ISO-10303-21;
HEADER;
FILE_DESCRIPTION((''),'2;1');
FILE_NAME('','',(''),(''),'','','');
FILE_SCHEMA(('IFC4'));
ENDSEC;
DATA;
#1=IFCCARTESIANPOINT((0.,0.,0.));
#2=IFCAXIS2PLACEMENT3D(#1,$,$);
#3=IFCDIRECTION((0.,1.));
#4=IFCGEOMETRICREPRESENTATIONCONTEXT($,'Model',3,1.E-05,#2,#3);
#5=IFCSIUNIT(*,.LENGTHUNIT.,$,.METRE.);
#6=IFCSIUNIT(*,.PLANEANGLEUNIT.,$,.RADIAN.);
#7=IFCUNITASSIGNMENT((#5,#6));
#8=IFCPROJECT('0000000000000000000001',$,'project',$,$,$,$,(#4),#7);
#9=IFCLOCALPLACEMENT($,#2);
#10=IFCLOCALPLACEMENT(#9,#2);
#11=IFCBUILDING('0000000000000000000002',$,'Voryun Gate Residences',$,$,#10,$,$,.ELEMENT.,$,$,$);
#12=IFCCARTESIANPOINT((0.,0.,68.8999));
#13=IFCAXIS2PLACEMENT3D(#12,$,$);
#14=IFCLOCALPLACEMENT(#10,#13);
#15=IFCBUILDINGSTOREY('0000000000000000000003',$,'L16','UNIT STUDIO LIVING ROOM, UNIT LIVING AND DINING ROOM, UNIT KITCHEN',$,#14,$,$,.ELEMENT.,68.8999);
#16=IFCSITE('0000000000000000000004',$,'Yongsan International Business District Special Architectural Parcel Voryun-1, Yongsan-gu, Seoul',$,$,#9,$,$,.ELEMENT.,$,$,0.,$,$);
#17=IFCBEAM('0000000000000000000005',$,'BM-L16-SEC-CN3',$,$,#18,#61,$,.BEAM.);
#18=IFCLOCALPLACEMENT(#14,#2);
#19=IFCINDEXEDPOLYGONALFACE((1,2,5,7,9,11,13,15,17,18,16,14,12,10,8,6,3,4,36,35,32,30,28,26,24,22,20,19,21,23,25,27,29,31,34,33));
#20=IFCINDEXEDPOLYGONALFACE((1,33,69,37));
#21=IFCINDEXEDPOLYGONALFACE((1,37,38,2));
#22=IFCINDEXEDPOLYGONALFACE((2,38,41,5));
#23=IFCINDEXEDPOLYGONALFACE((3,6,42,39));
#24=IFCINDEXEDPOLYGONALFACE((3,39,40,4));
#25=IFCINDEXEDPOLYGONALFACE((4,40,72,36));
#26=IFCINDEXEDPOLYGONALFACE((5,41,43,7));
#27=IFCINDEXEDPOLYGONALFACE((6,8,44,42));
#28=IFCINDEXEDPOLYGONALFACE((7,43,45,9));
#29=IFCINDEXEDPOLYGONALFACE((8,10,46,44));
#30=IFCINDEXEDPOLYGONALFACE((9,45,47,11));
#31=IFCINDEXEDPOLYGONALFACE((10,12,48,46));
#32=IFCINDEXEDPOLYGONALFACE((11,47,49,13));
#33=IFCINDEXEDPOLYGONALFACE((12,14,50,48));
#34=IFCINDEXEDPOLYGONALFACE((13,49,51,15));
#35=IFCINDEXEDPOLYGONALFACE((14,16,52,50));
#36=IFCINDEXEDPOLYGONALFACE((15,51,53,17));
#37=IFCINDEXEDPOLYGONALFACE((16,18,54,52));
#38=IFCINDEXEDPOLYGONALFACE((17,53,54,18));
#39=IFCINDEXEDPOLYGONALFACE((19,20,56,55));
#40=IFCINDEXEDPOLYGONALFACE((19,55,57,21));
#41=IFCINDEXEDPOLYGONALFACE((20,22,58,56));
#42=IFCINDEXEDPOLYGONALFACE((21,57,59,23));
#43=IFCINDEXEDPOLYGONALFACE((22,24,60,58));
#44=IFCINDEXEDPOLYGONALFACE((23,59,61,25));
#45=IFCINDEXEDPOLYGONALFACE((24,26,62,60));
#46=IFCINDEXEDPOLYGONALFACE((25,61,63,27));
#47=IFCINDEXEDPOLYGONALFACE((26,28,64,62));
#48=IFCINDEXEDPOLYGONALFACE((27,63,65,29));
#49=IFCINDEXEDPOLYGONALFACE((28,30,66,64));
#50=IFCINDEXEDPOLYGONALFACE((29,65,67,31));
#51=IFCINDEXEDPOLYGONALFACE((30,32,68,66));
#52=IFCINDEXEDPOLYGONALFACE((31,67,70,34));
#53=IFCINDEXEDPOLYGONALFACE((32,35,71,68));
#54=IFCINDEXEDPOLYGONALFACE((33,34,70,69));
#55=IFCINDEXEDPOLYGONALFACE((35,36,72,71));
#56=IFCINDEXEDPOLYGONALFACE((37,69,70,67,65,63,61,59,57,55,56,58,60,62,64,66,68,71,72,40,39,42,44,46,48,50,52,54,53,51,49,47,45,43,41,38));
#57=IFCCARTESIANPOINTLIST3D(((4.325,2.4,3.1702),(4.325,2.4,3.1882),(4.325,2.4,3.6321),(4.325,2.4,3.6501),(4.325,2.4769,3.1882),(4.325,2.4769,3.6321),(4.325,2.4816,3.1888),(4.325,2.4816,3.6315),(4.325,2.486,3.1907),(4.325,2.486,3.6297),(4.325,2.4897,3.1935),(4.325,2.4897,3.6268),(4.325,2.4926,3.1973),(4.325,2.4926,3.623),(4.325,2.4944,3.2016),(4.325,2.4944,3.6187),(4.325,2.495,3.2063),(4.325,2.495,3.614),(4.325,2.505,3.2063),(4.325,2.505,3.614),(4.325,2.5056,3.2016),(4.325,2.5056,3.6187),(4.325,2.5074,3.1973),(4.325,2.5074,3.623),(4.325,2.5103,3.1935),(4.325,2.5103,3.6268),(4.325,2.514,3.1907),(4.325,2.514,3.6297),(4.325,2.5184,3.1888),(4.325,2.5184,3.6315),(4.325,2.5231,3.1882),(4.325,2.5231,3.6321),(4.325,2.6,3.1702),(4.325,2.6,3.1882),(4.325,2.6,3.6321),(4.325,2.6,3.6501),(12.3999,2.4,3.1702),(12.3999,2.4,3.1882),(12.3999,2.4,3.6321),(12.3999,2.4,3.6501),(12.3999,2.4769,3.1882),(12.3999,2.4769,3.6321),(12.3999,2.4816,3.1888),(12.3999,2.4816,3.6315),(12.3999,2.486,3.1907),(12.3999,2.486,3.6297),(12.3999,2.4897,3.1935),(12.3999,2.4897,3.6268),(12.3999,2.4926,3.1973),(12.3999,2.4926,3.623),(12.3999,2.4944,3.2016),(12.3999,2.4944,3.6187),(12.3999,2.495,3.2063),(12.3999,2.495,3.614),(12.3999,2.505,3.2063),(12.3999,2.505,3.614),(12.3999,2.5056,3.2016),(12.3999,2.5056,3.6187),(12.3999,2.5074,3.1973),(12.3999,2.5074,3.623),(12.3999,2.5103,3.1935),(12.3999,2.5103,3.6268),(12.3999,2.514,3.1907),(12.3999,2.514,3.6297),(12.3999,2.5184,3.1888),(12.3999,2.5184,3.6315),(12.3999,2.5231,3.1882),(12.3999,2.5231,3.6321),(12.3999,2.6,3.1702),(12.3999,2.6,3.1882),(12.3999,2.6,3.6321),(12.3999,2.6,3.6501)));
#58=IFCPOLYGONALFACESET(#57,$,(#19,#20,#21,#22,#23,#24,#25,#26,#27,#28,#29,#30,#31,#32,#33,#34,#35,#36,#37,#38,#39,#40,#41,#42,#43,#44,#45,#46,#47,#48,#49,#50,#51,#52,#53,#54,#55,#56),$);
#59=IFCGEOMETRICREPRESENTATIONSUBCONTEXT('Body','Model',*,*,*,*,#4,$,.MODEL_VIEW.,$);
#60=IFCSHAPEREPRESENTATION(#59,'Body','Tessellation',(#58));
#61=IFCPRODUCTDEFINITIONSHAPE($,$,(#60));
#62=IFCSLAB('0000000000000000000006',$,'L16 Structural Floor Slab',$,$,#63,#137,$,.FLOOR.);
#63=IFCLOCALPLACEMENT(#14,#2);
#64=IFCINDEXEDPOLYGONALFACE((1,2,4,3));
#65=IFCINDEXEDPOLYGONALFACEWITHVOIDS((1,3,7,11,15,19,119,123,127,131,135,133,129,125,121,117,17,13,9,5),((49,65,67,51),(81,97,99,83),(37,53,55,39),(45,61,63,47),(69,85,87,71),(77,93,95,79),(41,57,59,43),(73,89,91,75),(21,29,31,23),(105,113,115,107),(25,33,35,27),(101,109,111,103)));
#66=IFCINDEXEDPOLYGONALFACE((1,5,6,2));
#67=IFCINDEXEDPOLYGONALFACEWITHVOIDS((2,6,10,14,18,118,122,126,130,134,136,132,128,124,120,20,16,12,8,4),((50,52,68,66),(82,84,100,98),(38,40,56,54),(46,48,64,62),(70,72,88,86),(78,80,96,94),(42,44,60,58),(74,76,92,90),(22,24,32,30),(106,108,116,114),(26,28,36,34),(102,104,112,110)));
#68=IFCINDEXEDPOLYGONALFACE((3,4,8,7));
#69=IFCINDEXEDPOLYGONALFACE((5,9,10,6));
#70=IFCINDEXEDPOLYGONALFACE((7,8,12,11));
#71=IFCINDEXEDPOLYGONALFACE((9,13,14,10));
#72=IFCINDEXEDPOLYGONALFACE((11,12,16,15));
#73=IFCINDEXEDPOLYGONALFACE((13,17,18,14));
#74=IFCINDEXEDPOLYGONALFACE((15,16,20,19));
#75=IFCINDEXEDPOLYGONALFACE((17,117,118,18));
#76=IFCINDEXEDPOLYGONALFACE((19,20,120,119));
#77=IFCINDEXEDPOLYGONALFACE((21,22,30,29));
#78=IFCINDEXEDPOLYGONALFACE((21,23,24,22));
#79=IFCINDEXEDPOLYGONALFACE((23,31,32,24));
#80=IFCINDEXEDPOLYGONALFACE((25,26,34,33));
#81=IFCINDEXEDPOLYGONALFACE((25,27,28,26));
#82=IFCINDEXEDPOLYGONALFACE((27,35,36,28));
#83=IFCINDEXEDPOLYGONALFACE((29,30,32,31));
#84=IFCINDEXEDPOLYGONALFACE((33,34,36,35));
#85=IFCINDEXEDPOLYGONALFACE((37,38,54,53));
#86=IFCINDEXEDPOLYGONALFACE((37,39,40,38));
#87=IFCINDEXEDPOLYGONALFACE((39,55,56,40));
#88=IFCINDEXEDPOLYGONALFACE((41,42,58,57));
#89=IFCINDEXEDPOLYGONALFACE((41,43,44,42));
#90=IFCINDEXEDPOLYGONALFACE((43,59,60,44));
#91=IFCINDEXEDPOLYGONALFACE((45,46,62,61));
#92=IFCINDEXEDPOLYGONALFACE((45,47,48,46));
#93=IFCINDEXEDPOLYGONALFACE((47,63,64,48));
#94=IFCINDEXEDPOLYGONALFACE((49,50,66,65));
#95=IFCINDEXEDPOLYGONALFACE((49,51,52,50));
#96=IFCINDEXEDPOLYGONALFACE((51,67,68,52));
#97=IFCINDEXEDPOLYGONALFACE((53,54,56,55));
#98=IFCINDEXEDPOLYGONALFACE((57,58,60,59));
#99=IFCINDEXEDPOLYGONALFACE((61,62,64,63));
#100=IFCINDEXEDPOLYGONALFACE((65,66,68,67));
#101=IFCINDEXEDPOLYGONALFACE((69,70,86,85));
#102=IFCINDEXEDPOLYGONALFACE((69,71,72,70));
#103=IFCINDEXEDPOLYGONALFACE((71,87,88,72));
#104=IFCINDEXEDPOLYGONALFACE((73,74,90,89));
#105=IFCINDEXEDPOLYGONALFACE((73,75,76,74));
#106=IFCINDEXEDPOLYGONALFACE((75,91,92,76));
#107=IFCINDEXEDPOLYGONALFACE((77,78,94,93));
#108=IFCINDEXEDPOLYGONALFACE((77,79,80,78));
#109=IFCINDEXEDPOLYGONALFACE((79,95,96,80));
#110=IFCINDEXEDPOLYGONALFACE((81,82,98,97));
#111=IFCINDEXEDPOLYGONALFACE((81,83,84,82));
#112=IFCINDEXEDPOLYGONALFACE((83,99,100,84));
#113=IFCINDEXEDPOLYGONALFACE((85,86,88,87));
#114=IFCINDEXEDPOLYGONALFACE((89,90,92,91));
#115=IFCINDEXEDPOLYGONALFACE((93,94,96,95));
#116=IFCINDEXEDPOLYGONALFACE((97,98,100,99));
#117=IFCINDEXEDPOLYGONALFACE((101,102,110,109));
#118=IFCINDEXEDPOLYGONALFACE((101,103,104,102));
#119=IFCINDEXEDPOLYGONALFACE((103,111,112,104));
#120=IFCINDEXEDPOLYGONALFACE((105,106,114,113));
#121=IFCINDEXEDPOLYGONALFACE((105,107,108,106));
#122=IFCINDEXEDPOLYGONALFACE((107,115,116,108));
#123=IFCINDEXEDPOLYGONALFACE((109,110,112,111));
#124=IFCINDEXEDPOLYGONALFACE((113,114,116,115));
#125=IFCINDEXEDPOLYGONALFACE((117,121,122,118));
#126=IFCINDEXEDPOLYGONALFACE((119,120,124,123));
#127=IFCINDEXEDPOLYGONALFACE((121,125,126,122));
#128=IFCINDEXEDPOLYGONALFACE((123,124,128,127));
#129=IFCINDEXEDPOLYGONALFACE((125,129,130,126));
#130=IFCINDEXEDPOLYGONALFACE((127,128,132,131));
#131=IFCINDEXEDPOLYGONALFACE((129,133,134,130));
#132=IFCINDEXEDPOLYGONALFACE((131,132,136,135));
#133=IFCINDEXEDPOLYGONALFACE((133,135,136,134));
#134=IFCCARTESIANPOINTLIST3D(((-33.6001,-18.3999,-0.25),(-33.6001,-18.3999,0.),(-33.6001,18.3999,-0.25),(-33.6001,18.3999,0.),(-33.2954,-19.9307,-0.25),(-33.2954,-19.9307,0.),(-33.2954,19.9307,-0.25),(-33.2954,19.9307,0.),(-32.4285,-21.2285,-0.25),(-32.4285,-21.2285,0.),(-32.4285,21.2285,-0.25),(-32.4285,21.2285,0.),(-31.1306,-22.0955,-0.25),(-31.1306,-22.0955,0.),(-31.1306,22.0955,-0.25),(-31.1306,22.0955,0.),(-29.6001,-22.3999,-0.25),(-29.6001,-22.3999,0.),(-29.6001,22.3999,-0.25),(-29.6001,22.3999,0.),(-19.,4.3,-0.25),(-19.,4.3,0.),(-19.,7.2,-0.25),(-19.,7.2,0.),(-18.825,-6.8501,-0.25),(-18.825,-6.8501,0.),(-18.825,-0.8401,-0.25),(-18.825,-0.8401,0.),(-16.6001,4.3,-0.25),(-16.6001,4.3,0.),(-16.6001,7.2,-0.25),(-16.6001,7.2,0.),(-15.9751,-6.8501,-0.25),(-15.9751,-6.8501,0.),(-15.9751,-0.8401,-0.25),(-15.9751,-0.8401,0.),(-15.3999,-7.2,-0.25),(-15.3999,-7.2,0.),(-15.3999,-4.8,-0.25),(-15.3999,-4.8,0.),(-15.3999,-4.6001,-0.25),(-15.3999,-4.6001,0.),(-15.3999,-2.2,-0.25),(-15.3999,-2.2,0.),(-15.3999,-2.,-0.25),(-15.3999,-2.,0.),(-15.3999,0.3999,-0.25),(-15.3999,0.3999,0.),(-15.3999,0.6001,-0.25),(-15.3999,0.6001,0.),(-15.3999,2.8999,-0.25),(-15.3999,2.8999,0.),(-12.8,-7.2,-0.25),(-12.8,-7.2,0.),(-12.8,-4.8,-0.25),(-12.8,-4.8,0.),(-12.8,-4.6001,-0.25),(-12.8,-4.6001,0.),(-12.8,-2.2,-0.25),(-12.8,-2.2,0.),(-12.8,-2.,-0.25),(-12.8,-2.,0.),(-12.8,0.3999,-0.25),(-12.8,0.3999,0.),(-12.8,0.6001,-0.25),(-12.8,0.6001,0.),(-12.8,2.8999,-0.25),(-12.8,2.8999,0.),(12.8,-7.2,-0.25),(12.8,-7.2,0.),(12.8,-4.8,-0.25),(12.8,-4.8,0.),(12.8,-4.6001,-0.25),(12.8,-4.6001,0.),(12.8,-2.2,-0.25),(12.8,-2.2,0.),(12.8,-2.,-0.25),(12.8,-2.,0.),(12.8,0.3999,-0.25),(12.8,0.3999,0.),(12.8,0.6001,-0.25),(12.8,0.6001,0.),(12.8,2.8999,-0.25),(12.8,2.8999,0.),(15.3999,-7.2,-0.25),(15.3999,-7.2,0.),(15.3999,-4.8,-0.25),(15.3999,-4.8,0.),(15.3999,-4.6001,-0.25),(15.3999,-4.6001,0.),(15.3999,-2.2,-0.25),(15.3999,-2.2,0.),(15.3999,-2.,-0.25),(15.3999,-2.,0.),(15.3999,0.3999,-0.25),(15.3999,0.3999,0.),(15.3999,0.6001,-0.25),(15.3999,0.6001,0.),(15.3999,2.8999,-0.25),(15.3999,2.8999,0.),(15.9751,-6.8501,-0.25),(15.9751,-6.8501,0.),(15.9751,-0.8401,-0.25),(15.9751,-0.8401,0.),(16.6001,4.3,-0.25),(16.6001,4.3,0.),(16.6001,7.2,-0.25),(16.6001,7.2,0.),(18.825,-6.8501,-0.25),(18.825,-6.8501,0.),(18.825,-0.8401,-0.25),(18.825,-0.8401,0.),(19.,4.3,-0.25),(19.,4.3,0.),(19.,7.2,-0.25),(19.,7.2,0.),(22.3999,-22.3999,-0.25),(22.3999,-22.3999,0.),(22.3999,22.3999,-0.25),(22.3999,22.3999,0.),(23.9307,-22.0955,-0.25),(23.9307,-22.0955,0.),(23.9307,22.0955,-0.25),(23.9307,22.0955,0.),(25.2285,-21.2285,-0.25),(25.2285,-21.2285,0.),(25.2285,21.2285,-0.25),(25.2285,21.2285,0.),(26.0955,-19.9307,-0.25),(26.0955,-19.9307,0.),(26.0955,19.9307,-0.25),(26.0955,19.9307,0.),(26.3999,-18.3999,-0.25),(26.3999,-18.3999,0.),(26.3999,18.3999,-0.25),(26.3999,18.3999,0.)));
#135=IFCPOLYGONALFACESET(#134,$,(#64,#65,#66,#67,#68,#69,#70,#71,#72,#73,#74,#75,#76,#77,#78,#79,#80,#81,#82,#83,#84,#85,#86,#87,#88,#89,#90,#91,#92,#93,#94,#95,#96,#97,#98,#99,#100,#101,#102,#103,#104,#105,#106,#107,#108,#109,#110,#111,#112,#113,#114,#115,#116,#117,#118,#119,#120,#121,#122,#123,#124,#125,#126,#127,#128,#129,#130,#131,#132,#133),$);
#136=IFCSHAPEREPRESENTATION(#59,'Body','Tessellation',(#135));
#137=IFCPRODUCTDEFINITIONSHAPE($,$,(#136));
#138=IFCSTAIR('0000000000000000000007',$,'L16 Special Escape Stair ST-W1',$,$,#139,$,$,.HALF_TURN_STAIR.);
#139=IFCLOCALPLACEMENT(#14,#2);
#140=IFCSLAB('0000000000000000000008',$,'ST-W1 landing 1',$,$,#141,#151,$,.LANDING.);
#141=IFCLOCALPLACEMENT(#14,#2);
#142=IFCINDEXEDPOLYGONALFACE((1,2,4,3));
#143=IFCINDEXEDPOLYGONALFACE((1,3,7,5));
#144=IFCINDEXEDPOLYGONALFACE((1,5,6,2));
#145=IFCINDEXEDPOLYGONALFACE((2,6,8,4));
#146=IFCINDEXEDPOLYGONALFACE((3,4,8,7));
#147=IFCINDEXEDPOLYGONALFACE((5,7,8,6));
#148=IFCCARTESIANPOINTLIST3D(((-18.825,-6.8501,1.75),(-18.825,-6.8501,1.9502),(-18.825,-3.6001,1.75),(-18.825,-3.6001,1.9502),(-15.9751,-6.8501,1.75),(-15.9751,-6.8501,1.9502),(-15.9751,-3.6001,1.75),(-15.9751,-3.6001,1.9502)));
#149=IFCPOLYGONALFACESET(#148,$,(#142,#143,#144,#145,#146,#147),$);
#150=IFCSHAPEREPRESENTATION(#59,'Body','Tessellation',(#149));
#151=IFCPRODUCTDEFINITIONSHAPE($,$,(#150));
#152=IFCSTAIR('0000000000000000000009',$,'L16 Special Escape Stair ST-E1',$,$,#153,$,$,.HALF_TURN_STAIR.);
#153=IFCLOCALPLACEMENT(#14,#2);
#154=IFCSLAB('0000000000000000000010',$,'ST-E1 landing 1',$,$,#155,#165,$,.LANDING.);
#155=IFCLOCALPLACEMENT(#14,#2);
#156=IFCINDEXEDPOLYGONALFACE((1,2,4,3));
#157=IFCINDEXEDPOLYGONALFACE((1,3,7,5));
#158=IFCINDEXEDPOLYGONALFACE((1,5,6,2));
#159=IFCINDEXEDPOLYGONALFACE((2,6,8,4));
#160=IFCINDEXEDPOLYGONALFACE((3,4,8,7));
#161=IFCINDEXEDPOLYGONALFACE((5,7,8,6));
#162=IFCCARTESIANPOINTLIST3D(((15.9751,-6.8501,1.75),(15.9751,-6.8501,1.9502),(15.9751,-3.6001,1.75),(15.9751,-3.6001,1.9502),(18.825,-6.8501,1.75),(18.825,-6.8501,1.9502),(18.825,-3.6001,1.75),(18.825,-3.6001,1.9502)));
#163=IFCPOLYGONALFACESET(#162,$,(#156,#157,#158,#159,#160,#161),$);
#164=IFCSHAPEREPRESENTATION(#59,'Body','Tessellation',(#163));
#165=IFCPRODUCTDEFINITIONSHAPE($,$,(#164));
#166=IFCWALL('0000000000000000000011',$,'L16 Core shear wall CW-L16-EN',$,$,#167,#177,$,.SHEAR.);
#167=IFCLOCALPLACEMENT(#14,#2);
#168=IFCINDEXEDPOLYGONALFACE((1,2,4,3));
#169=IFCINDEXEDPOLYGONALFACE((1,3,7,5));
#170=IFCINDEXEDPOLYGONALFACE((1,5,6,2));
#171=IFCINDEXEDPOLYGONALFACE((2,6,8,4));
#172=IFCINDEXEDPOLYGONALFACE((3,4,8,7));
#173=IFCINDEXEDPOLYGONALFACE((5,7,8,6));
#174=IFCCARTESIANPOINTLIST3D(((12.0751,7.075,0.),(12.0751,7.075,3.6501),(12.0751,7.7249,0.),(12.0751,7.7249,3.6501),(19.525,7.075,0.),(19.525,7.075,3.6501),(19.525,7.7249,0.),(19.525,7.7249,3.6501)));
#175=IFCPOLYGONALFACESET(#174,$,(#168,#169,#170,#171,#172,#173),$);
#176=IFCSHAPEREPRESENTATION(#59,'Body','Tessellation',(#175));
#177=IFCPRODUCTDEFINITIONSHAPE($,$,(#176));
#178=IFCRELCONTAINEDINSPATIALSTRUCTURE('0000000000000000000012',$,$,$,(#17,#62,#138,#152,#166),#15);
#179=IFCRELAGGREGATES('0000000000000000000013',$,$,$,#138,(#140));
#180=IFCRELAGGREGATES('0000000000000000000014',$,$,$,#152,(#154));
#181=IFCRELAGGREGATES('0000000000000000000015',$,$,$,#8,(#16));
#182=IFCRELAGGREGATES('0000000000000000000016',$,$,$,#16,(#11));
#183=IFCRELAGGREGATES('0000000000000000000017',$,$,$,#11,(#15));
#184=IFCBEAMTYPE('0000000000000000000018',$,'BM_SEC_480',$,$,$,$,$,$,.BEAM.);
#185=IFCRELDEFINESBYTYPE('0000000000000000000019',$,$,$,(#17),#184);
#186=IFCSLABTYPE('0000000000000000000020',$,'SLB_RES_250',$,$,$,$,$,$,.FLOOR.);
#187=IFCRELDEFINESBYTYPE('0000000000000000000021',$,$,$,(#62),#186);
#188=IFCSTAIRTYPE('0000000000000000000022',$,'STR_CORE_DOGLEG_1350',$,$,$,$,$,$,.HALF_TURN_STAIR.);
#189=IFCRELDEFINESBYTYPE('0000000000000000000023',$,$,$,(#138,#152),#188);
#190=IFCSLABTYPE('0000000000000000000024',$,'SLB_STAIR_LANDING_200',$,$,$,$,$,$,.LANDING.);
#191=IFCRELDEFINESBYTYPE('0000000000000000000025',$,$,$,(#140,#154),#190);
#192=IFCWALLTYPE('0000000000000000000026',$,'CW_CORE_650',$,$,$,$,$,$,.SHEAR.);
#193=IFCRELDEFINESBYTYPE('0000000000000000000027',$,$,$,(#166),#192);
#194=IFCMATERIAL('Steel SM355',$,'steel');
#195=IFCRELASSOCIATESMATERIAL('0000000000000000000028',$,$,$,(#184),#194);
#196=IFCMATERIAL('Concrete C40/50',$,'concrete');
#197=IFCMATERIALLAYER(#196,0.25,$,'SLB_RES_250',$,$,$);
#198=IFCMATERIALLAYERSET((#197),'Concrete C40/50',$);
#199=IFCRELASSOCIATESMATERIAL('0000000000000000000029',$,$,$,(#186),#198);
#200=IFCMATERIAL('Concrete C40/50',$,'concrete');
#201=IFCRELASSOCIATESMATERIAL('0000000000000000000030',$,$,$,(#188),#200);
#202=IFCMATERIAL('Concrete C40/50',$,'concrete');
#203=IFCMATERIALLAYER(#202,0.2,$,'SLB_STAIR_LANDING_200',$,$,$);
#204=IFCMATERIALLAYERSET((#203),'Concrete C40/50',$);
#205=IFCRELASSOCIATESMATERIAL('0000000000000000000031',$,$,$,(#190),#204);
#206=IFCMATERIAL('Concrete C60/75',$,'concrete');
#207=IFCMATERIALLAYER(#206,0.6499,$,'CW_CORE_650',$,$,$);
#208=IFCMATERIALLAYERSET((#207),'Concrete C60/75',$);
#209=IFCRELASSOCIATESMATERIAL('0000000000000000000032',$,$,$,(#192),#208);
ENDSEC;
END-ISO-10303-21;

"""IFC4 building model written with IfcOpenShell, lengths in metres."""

from ifc_helpers import new_model, si_unit, direction, frame, frame_2d, origin, origin_2d, place, context, subcontext, project, spatial, polyline, rectangle, i_section, outline, extrude, material, layer, layer_set, material_profile, profile_set, type_object, element, aggregate, save


model = new_model("IFC4")

# Units and contexts
model_context = context("Model", 3, precision=1e-05, world=origin(), true_north=direction((0.0, 1.0)))
body_context = subcontext(model_context, "Body", "Model", "MODEL_VIEW")
ifc_project = project(units=[si_unit("LENGTHUNIT", "METRE"), si_unit("PLANEANGLEUNIT", "RADIAN")], contexts=[model_context])

# Site, building, storey
site_placement = place(None, origin())
site = spatial("IfcSite", under=ifc_project, at=site_placement, Name="Yongsan International Business District Special Architectural Parcel Voryun-1, Yongsan-gu, Seoul", CompositionType="ELEMENT", RefElevation=0.0)
building_placement = place(site_placement, origin())
building = spatial("IfcBuilding", under=site, at=building_placement, Name="Voryun Gate Residences", CompositionType="ELEMENT")
storey_placement = place(building_placement, frame((0.0, 0.0, 68.8999)))
storey = spatial("IfcBuildingStorey", under=building, at=storey_placement, Name="L16", Description="UNIT STUDIO LIVING ROOM, UNIT LIVING AND DINING ROOM, UNIT KITCHEN", CompositionType="ELEMENT", Elevation=68.8999)

# Beam
ifc_material_1 = material(Name="Steel SM355", Category="steel")
ifc_material_profile_1 = material_profile(ifc_material_1, i_section(OverallWidth=0.2, OverallDepth=0.48, WebThickness=0.01, FlangeThickness=0.0181, FilletRadius=0.0181, at=origin_2d()), Name="H-480x200x10x18")
ifc_profile_set_1 = profile_set([ifc_material_profile_1], Name="Steel SM355")
beam_type_1 = type_object("IfcBeamType", Name="BM_SEC_480", PredefinedType="BEAM", material=ifc_profile_set_1)
beam_1_placement = place(storey_placement, frame((4.325, 2.5, 3.4102), z_axis=(1.0, 0.0, 0.0), x_axis=(0.0, 1.0, 0.0)))
element("IfcBeam", 1, at=beam_1_placement, inside=storey, type_object=beam_type_1, Name="BM-L16-SEC-CN3", PredefinedType="BEAM", context=body_context, shape_type="SweptSolid", body=[
    extrude(i_section(OverallWidth=0.2, OverallDepth=0.48, WebThickness=0.01, FlangeThickness=0.0181, FilletRadius=0.0181, at=origin_2d()), origin(), (0.0, 0.0, 1.0), 8.075),
])

# Slab
ifc_material_2 = material(Name="Concrete C40/50", Category="concrete")
ifc_layer_1 = layer(ifc_material_2, 0.25, Name="SLB_RES_250")
ifc_layer_set_1 = layer_set([ifc_layer_1], Name="Concrete C40/50")
slab_type_1 = type_object("IfcSlabType", Name="SLB_RES_250", PredefinedType="FLOOR", material=ifc_layer_set_1)
slab_1_placement = place(storey_placement, frame((0.0, 0.0, -0.25)))
element("IfcSlab", 2, at=slab_1_placement, inside=storey, type_object=slab_type_1, Name="L16 Structural Floor Slab", PredefinedType="FLOOR", context=body_context, shape_type="SweptSolid", body=[
    extrude(outline(polyline([(-29.6001, -22.3999), (-31.1306, -22.0955), (-32.4285, -21.2285), (-33.2954, -19.9307), (-33.6001, -18.3999), (-33.6001, 18.3999), (-33.2954, 19.9307), (-32.4285, 21.2285), (-31.1306, 22.0955), (-29.6001, 22.3999), (22.3999, 22.3999), (23.9307, 22.0955), (25.2285, 21.2285), (26.0955, 19.9307), (26.3999, 18.3999), (26.3999, -18.3999), (26.0955, -19.9307), (25.2285, -21.2285), (23.9307, -22.0955), (22.3999, -22.3999), (-29.6001, -22.3999)]), holes=[polyline([(-12.8, -4.8), (-15.3999, -4.8), (-15.3999, -7.2), (-12.8, -7.2), (-12.8, -4.8)]), polyline([(-18.825, -6.8501), (-15.9751, -6.8501), (-15.9751, -0.8401), (-18.825, -0.8401), (-18.825, -6.8501)]), polyline([(-12.8, -4.6001), (-12.8, -2.2), (-15.3999, -2.2), (-15.3999, -4.6001), (-12.8, -4.6001)]), polyline([(-12.8, 0.3999), (-15.3999, 0.3999), (-15.3999, -2.0), (-12.8, -2.0), (-12.8, 0.3999)]), polyline([(-12.8, 0.6001), (-12.8, 2.8999), (-15.3999, 2.8999), (-15.3999, 0.6001), (-12.8, 0.6001)]), polyline([(-16.6001, 4.3), (-16.6001, 7.2), (-19.0, 7.2), (-19.0, 4.3), (-16.6001, 4.3)]), polyline([(15.3999, -4.8), (12.8, -4.8), (12.8, -7.2), (15.3999, -7.2), (15.3999, -4.8)]), polyline([(15.9751, -6.8501), (18.825, -6.8501), (18.825, -0.8401), (15.9751, -0.8401), (15.9751, -6.8501)]), polyline([(15.3999, -4.6001), (15.3999, -2.2), (12.8, -2.2), (12.8, -4.6001), (15.3999, -4.6001)]), polyline([(15.3999, 0.3999), (12.8, 0.3999), (12.8, -2.0), (15.3999, -2.0), (15.3999, 0.3999)]), polyline([(15.3999, 0.6001), (15.3999, 2.8999), (12.8, 2.8999), (12.8, 0.6001), (15.3999, 0.6001)]), polyline([(19.0, 4.3), (19.0, 7.2), (16.6001, 7.2), (16.6001, 4.3), (19.0, 4.3)])]), origin(), (0.0, 0.0, 1.0), 0.25),
])

# Stairs, slabs
ifc_material_3 = material(Name="Concrete C40/50", Category="concrete")
stair_type = type_object("IfcStairType", Name="STR_CORE_DOGLEG_1350", PredefinedType="HALF_TURN_STAIR", material=ifc_material_3)
stair_1_placement = place(storey_placement, origin())
stair_1 = element("IfcStair", 3, at=stair_1_placement, inside=storey, type_object=stair_type, Name="L16 Special Escape Stair ST-W1", PredefinedType="HALF_TURN_STAIR")
ifc_material_4 = material(Name="Concrete C40/50", Category="concrete")
ifc_layer_2 = layer(ifc_material_4, 0.2, Name="SLB_STAIR_LANDING_200")
ifc_layer_set_2 = layer_set([ifc_layer_2], Name="Concrete C40/50")
slab_type_2 = type_object("IfcSlabType", Name="SLB_STAIR_LANDING_200", PredefinedType="LANDING", material=ifc_layer_set_2)
slab_2_placement = place(storey_placement, frame((0.0, 0.0, 1.75)))
slab_2 = element("IfcSlab", 4, at=slab_2_placement, type_object=slab_type_2, Name="ST-W1 landing 1", PredefinedType="LANDING", context=body_context, shape_type="SweptSolid", body=[
    extrude(outline(polyline([(-18.825, -3.6001), (-18.825, -6.8501), (-15.9751, -6.8501), (-15.9751, -3.6001), (-18.825, -3.6001)])), origin(), (0.0, 0.0, 1.0), 0.2002),
])
aggregate(stair_1, [slab_2])
stair_2_placement = place(storey_placement, origin())
stair_2 = element("IfcStair", 5, at=stair_2_placement, inside=storey, type_object=stair_type, Name="L16 Special Escape Stair ST-E1", PredefinedType="HALF_TURN_STAIR")
slab_3_placement = place(storey_placement, frame((0.0, 0.0, 1.75)))
slab_3 = element("IfcSlab", 6, at=slab_3_placement, type_object=slab_type_2, Name="ST-E1 landing 1", PredefinedType="LANDING", context=body_context, shape_type="SweptSolid", body=[
    extrude(outline(polyline([(15.9751, -3.6001), (15.9751, -6.8501), (18.825, -6.8501), (18.825, -3.6001), (15.9751, -3.6001)])), origin(), (0.0, 0.0, 1.0), 0.2002),
])
aggregate(stair_2, [slab_3])

# Wall
ifc_material_5 = material(Name="Concrete C60/75", Category="concrete")
ifc_layer_3 = layer(ifc_material_5, 0.6499, Name="CW_CORE_650")
ifc_layer_set_3 = layer_set([ifc_layer_3], Name="Concrete C60/75")
wall_type_1 = type_object("IfcWallType", Name="CW_CORE_650", PredefinedType="SHEAR", material=ifc_layer_set_3)
wall_1_placement = place(storey_placement, frame((12.075, 7.3999, 0.0), z_axis=(0.0, 0.0, 1.0), x_axis=(1.0, 0.0, 0.0)))
element("IfcWall", 7, at=wall_1_placement, inside=storey, type_object=wall_type_1, Name="L16 Core shear wall CW-L16-EN", PredefinedType="SHEAR", context=body_context, shape_type="SweptSolid", body=[
    extrude(rectangle(XDim=7.45, YDim=0.6499, at=frame_2d((3.7251, 0.0))), origin(), (0.0, 0.0, 1.0), 3.6501),
])

save(model, "model.ifc")
